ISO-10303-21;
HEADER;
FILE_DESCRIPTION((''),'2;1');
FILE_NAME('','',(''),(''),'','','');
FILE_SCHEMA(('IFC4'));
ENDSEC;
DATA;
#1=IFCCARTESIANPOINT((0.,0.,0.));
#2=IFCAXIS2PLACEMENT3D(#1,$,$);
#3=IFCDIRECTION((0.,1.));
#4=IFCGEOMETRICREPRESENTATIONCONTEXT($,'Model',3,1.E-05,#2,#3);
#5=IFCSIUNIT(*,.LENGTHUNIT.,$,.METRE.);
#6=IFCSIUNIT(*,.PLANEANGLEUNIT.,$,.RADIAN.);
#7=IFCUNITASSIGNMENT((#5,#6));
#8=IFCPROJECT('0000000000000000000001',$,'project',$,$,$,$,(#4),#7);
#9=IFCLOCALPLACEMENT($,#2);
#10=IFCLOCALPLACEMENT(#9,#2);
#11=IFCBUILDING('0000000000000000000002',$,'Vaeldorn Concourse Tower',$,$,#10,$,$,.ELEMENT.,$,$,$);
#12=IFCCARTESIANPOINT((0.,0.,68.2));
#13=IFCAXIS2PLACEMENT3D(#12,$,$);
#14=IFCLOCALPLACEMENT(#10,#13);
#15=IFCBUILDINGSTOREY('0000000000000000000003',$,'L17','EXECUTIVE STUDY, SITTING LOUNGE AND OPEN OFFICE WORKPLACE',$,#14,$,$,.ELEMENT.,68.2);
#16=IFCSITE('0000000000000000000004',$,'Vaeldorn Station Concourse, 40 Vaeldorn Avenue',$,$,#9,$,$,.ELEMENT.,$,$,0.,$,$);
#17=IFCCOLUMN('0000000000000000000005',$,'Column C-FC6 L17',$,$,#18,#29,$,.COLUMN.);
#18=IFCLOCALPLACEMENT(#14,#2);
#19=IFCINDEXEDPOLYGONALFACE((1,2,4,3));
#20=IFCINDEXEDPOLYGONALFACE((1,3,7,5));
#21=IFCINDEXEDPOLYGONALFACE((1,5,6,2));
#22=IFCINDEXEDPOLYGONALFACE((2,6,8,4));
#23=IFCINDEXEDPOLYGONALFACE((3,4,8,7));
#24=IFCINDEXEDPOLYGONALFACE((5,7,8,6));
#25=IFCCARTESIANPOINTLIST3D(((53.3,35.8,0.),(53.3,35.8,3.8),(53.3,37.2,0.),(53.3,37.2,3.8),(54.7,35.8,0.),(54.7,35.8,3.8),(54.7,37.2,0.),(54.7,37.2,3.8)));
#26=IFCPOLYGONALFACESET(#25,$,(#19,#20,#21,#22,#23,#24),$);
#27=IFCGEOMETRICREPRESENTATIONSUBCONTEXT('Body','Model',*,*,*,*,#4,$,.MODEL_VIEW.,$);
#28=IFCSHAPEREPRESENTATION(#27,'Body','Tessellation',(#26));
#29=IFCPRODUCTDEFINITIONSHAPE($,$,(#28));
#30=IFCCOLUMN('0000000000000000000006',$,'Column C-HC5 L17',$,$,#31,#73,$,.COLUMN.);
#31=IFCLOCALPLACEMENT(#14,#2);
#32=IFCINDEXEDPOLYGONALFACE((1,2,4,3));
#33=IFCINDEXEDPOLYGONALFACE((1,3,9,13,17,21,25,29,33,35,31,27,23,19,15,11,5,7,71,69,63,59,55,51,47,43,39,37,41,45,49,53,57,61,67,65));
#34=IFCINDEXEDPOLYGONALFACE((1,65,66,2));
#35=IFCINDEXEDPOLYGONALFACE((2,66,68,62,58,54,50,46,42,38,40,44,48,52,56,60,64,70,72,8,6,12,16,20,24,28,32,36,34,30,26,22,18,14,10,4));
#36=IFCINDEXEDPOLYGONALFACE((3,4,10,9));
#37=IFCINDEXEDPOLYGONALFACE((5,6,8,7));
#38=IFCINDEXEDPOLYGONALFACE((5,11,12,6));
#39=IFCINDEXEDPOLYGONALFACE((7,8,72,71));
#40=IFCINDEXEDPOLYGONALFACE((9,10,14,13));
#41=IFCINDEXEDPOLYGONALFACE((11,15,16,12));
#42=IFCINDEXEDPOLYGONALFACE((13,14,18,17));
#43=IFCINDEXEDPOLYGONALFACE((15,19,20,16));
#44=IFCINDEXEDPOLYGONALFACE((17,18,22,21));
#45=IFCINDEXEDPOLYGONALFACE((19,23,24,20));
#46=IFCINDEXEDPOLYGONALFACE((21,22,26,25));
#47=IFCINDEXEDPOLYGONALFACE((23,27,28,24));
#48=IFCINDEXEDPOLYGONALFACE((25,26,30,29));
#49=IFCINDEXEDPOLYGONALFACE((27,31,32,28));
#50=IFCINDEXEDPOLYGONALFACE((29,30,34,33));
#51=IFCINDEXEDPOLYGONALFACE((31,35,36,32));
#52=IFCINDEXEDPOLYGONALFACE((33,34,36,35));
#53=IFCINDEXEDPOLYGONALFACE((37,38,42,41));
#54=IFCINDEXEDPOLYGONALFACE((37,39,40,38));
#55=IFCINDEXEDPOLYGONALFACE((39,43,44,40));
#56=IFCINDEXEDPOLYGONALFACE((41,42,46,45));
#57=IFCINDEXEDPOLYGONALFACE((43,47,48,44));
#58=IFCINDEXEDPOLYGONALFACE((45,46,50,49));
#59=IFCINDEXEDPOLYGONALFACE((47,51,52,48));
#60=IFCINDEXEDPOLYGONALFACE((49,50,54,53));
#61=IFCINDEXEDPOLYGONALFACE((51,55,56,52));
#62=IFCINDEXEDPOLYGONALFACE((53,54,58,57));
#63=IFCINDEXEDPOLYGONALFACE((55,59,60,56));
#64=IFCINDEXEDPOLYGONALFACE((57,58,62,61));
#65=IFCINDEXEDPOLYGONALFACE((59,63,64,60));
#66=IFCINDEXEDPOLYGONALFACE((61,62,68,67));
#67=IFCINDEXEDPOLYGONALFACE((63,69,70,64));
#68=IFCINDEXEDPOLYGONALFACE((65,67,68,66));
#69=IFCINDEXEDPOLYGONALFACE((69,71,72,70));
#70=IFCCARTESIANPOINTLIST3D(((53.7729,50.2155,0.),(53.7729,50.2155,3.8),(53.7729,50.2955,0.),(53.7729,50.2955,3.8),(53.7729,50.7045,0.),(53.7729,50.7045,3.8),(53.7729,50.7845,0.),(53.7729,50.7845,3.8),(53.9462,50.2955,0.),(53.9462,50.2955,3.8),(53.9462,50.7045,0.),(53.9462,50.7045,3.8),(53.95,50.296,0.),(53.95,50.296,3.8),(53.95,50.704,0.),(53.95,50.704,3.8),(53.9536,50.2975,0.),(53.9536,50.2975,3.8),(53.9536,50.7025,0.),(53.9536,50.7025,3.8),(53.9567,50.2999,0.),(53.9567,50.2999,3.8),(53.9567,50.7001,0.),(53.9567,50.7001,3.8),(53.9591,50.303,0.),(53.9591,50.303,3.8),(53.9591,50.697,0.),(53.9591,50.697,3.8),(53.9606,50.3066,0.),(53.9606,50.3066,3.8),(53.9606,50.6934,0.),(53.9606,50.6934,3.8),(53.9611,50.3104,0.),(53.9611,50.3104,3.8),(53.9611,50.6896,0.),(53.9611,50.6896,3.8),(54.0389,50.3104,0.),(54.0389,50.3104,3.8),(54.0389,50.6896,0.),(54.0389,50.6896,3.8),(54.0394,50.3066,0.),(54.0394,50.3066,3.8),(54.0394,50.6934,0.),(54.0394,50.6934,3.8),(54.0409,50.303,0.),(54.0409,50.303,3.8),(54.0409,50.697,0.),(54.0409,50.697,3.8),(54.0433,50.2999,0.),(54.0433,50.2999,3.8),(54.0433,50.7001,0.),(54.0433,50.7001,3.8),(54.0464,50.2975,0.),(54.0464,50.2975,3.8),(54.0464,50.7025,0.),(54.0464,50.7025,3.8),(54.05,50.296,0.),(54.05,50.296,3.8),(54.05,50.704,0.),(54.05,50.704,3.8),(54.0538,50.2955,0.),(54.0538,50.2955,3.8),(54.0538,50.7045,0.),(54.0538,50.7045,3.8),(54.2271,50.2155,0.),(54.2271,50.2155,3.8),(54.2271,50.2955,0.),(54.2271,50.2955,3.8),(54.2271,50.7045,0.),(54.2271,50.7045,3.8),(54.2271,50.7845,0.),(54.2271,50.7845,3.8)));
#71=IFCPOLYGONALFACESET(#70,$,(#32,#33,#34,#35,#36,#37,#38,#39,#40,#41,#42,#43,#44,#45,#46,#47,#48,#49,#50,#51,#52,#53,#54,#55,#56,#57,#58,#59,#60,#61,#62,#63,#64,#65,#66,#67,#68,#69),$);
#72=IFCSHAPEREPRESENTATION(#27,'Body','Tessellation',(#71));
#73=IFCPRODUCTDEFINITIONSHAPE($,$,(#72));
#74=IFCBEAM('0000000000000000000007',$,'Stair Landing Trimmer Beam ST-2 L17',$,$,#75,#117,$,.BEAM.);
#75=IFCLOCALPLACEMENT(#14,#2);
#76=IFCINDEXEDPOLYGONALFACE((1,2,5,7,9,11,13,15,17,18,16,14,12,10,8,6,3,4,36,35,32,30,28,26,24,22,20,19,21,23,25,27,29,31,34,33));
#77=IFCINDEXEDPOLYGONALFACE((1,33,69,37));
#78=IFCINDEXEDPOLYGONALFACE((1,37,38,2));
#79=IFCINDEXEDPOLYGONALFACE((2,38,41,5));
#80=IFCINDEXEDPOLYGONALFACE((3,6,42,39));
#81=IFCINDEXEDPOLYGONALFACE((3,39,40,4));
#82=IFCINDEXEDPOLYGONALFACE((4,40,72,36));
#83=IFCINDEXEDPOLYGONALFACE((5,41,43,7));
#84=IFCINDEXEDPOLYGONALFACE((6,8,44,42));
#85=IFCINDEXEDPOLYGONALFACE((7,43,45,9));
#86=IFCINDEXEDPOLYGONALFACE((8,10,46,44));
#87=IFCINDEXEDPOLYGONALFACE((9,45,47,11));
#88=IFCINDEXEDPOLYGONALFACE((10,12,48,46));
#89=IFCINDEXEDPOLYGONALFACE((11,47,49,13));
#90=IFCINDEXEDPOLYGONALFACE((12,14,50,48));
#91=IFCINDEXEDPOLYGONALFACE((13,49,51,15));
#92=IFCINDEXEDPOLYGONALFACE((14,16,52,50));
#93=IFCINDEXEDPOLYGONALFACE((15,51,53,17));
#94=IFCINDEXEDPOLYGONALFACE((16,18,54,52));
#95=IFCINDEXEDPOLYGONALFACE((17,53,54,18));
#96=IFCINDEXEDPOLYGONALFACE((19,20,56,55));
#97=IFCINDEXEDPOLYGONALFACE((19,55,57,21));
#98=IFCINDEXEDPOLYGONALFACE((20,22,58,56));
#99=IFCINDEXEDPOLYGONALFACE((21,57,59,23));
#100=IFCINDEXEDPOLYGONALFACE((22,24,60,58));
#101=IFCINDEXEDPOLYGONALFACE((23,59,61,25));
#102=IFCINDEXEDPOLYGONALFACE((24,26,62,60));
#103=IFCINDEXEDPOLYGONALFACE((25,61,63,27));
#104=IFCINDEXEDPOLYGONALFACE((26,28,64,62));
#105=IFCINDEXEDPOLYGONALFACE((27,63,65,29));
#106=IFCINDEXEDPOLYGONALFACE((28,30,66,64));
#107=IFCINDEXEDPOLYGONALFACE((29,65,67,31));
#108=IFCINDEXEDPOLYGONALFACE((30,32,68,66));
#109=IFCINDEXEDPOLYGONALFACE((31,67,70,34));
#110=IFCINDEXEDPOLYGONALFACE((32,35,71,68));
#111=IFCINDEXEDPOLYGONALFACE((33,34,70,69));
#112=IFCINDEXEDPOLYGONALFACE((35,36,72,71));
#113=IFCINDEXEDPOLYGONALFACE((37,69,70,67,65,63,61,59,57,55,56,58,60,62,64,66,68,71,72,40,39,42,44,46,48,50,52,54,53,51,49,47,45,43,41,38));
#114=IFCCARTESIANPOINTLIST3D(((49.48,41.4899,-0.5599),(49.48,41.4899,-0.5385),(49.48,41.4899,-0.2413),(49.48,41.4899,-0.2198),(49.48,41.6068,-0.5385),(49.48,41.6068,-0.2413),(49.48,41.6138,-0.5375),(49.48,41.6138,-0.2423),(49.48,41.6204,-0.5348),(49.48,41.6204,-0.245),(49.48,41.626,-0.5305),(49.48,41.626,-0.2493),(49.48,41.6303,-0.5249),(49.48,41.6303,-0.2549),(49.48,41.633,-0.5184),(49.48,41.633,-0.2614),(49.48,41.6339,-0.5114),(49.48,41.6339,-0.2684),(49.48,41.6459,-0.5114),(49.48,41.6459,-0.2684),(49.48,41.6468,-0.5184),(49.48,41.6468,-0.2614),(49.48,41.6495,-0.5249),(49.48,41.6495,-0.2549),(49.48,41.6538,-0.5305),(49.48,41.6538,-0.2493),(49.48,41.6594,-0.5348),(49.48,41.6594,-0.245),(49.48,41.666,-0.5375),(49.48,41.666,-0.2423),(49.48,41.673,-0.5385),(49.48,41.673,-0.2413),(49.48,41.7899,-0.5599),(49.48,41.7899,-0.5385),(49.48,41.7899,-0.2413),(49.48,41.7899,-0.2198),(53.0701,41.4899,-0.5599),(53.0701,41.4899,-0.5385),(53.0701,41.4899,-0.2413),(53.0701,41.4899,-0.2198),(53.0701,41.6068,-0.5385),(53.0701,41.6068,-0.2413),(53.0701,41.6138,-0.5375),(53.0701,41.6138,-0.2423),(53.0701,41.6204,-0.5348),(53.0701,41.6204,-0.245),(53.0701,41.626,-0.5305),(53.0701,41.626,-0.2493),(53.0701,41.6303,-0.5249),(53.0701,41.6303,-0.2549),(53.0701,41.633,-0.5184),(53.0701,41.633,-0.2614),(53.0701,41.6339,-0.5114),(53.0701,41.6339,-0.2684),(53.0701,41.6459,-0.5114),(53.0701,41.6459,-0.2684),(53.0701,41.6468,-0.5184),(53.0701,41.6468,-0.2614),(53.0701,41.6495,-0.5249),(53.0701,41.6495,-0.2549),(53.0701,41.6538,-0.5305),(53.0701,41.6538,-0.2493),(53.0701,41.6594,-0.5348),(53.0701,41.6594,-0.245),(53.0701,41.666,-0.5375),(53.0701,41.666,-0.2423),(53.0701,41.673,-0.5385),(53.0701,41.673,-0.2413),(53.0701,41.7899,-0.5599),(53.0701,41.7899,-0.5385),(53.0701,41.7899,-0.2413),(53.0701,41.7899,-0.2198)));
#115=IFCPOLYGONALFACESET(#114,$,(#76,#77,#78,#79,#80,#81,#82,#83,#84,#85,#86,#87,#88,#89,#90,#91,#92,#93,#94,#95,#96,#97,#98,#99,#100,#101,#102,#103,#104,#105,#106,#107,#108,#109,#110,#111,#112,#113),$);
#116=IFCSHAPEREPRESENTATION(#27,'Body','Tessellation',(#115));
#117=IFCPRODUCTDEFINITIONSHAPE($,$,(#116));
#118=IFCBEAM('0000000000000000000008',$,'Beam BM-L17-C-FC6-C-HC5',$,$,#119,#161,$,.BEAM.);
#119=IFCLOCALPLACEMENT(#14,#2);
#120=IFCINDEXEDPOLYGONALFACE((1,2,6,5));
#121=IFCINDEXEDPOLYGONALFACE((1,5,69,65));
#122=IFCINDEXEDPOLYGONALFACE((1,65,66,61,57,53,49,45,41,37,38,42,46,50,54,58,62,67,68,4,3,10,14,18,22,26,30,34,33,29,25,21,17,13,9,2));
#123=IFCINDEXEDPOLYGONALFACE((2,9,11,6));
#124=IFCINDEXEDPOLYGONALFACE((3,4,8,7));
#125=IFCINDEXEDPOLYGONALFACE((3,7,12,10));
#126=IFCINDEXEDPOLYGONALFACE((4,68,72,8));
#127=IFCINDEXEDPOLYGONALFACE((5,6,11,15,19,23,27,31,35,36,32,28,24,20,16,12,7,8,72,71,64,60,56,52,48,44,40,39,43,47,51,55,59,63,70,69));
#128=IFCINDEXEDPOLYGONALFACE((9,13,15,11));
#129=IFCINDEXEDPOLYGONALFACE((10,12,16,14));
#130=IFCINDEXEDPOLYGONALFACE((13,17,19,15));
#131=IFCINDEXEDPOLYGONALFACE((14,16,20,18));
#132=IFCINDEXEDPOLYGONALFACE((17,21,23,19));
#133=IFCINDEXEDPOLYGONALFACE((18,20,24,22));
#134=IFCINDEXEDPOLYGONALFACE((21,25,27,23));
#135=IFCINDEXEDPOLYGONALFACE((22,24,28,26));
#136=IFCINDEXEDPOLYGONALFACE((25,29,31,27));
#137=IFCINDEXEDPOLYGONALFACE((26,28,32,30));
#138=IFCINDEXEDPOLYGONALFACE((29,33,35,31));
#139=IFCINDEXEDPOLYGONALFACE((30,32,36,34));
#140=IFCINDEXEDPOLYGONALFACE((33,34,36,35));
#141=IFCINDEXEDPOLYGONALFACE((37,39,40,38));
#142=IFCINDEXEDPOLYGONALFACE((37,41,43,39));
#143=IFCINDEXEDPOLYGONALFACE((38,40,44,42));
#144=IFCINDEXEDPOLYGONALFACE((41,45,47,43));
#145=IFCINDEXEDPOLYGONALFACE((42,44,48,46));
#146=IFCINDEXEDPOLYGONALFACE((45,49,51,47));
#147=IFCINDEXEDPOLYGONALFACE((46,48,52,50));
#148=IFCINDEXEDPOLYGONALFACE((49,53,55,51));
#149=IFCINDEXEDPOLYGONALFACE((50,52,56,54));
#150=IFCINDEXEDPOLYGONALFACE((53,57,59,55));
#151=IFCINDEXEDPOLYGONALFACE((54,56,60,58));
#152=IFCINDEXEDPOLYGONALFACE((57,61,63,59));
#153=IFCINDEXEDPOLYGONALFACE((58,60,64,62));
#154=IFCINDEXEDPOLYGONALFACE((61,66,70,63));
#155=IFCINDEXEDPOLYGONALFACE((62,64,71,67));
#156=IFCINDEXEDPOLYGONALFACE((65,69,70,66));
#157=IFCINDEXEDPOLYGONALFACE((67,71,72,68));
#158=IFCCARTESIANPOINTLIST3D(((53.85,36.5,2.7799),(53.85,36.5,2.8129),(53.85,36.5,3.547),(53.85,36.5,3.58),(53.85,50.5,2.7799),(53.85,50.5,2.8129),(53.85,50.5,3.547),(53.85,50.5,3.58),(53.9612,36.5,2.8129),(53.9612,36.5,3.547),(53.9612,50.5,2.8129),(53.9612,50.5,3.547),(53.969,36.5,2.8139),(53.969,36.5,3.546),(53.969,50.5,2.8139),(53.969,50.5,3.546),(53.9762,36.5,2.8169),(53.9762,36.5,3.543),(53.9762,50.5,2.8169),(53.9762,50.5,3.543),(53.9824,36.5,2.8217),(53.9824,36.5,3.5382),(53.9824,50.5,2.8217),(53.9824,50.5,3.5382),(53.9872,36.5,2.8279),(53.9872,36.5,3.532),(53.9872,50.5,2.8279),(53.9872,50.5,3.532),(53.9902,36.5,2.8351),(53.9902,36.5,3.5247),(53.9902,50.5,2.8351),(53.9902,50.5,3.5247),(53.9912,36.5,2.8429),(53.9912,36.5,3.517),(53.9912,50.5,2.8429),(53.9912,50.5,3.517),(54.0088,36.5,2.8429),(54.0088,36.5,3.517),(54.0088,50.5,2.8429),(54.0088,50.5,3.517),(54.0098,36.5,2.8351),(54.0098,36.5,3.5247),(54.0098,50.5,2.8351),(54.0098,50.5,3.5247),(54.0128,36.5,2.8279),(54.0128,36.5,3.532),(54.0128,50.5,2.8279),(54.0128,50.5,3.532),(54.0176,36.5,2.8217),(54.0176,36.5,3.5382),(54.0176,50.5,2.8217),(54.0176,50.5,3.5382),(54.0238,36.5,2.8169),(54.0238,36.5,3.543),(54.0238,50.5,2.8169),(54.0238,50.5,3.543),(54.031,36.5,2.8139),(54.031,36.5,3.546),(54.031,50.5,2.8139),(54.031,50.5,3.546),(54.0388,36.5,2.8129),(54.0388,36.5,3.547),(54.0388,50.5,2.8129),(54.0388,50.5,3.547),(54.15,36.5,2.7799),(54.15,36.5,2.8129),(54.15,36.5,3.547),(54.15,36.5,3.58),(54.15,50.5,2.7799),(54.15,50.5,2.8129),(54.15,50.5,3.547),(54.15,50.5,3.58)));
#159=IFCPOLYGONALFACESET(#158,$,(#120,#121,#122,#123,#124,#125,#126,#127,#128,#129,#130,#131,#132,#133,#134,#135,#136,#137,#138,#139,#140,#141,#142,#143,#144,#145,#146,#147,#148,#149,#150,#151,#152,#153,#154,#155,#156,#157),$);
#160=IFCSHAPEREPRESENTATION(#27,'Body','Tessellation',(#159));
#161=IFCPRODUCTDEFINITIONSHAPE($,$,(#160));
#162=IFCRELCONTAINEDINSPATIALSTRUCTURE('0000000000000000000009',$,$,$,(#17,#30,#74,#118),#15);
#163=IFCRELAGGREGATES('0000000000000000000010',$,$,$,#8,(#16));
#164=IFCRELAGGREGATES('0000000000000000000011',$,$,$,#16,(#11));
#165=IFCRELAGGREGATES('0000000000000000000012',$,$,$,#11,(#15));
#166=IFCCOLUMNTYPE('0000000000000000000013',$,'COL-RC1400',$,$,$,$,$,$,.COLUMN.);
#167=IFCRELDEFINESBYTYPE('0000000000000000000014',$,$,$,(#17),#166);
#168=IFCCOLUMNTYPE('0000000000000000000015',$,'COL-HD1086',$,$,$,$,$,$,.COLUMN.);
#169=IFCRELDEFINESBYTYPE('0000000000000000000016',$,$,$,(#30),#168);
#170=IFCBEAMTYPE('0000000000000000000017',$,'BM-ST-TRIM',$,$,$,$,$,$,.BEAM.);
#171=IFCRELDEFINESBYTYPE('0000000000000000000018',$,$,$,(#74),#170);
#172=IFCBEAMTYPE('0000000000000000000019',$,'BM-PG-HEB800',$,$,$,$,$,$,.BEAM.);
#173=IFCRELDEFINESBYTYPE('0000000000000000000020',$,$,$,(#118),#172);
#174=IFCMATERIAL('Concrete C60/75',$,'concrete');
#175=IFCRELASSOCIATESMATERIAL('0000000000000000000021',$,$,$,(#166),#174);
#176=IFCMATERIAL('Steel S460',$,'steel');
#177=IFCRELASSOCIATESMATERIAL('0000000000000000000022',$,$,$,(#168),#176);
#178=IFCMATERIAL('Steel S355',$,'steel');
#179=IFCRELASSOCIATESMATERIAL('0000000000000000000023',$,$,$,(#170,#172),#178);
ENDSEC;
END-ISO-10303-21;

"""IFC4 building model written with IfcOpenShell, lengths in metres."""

from ifc_helpers import new_model, si_unit, direction, frame, origin, origin_2d, place, context, subcontext, project, spatial, rectangle, i_section, extrude, source, transform, mapped, material, material_profile, profile_set, type_object, element, save


model = new_model("IFC4")

# Units and contexts
model_context = context("Model", 3, precision=1e-05, world=origin(), true_north=direction((0.0, 1.0)))
body_context = subcontext(model_context, "Body", "Model", "MODEL_VIEW")
ifc_project = project(units=[si_unit("LENGTHUNIT", "METRE"), si_unit("PLANEANGLEUNIT", "RADIAN")], contexts=[model_context])

# Site, building, storey
site_placement = place(None, origin())
site = spatial("IfcSite", under=ifc_project, at=site_placement, Name="Vaeldorn Station Concourse, 40 Vaeldorn Avenue", CompositionType="ELEMENT", RefElevation=0.0)
building_placement = place(site_placement, origin())
building = spatial("IfcBuilding", under=site, at=building_placement, Name="Vaeldorn Concourse Tower", CompositionType="ELEMENT")
storey_placement = place(building_placement, frame((0.0, 0.0, 68.2)))
storey = spatial("IfcBuildingStorey", under=building, at=storey_placement, Name="L17", Description="EXECUTIVE STUDY, SITTING LOUNGE AND OPEN OFFICE WORKPLACE", CompositionType="ELEMENT", Elevation=68.2)

# Columns
ifc_material_1 = material(Name="Concrete C60/75", Category="concrete")
ifc_material_profile_1 = material_profile(ifc_material_1, rectangle(XDim=1.3999, YDim=1.3999, at=origin_2d()), Name="RC 1400x1400")
ifc_profile_set_1 = profile_set([ifc_material_profile_1], Name="Concrete C60/75")
column_type_1 = type_object("IfcColumnType", Name="COL-RC1400", PredefinedType="COLUMN", material=ifc_profile_set_1)
shared_shape_1 = source(origin(), body_context, "Body", "SweptSolid", [
    extrude(rectangle(XDim=1.3999, YDim=1.3999, at=origin_2d()), origin(), (0.0, 0.0, 1.0), 3.8),
])
column_1_placement = place(storey_placement, frame((54.0, 36.5, 0.0), z_axis=(0.0, 0.0, 1.0), x_axis=(1.0, 0.0, 0.0)))
element("IfcColumn", 1, at=column_1_placement, inside=storey, type_object=column_type_1, Name="Column C-FC6 L17", PredefinedType="COLUMN", context=body_context, shape_type="MappedRepresentation", body=[
    mapped(shared_shape_1, transform((0.0, 0.0, 0.0), scale=1.0)),
])
ifc_material_2 = material(Name="Steel S460", Category="steel")
ifc_material_profile_2 = material_profile(ifc_material_2, i_section(OverallWidth=0.4541, OverallDepth=0.5691, WebThickness=0.0779, FlangeThickness=0.0801, FilletRadius=0.0149, at=origin_2d()), Name="HD 400x1086")
ifc_profile_set_2 = profile_set([ifc_material_profile_2], Name="Steel S460")
column_type_2 = type_object("IfcColumnType", Name="COL-HD1086", PredefinedType="COLUMN", material=ifc_profile_set_2)
shared_shape_2 = source(origin(), body_context, "Body", "SweptSolid", [
    extrude(i_section(OverallWidth=0.4541, OverallDepth=0.5691, WebThickness=0.0779, FlangeThickness=0.0801, FilletRadius=0.0149, at=origin_2d()), origin(), (0.0, 0.0, 1.0), 3.8),
])
column_2_placement = place(storey_placement, frame((54.0, 50.5, 0.0), z_axis=(0.0, 0.0, 1.0), x_axis=(1.0, 0.0, 0.0)))
element("IfcColumn", 2, at=column_2_placement, inside=storey, type_object=column_type_2, Name="Column C-HC5 L17", PredefinedType="COLUMN", context=body_context, shape_type="MappedRepresentation", body=[
    mapped(shared_shape_2, transform((0.0, 0.0, 0.0), scale=1.0)),
])

# Beams
ifc_material_3 = material(Name="Steel S355", Category="steel")
ifc_material_profile_3 = material_profile(ifc_material_3, i_section(OverallWidth=0.3, OverallDepth=0.3401, WebThickness=0.012, FlangeThickness=0.0215, FilletRadius=0.0271, at=origin_2d()), Name="HEB 340")
ifc_profile_set_3 = profile_set([ifc_material_profile_3], Name="Steel S355")
beam_type_1 = type_object("IfcBeamType", Name="BM-ST-TRIM", PredefinedType="BEAM", material=ifc_profile_set_3)
shared_shape_3 = source(origin(), body_context, "Body", "SweptSolid", [
    extrude(i_section(OverallWidth=0.3, OverallDepth=0.3401, WebThickness=0.012, FlangeThickness=0.0215, FilletRadius=0.0271, at=origin_2d()), origin(), (0.0, 0.0, 1.0), 3.5901),
])
beam_1_placement = place(storey_placement, frame((49.48, 41.6399, -0.3899), z_axis=(1.0, 0.0, 0.0), x_axis=(0.0, 1.0, 0.0)))
element("IfcBeam", 3, at=beam_1_placement, inside=storey, type_object=beam_type_1, Name="Stair Landing Trimmer Beam ST-2 L17", PredefinedType="BEAM", context=body_context, shape_type="MappedRepresentation", body=[
    mapped(shared_shape_3, transform((0.0, 0.0, 0.0), scale=1.0)),
])
ifc_material_profile_4 = material_profile(ifc_material_3, i_section(OverallWidth=0.3, OverallDepth=0.8, WebThickness=0.0176, FlangeThickness=0.033, FilletRadius=0.03, at=origin_2d()), Name="HEB 800")
ifc_profile_set_4 = profile_set([ifc_material_profile_4], Name="Steel S355")
beam_type_2 = type_object("IfcBeamType", Name="BM-PG-HEB800", PredefinedType="BEAM", material=ifc_profile_set_4)
shared_shape_4 = source(origin(), body_context, "Body", "SweptSolid", [
    extrude(i_section(OverallWidth=0.3, OverallDepth=0.8, WebThickness=0.0176, FlangeThickness=0.033, FilletRadius=0.03, at=origin_2d()), origin(), (0.0, 0.0, 1.0), 14.0),
])
beam_2_placement = place(storey_placement, frame((54.0, 36.5, 3.1799), z_axis=(0.0, 1.0, 0.0), x_axis=(-1.0, 0.0, 0.0)))
element("IfcBeam", 4, at=beam_2_placement, inside=storey, type_object=beam_type_2, Name="Beam BM-L17-C-FC6-C-HC5", PredefinedType="BEAM", context=body_context, shape_type="MappedRepresentation", body=[
    mapped(shared_shape_4, transform((0.0, 0.0, 0.0), scale=1.0)),
])

save(model, "model.ifc")
